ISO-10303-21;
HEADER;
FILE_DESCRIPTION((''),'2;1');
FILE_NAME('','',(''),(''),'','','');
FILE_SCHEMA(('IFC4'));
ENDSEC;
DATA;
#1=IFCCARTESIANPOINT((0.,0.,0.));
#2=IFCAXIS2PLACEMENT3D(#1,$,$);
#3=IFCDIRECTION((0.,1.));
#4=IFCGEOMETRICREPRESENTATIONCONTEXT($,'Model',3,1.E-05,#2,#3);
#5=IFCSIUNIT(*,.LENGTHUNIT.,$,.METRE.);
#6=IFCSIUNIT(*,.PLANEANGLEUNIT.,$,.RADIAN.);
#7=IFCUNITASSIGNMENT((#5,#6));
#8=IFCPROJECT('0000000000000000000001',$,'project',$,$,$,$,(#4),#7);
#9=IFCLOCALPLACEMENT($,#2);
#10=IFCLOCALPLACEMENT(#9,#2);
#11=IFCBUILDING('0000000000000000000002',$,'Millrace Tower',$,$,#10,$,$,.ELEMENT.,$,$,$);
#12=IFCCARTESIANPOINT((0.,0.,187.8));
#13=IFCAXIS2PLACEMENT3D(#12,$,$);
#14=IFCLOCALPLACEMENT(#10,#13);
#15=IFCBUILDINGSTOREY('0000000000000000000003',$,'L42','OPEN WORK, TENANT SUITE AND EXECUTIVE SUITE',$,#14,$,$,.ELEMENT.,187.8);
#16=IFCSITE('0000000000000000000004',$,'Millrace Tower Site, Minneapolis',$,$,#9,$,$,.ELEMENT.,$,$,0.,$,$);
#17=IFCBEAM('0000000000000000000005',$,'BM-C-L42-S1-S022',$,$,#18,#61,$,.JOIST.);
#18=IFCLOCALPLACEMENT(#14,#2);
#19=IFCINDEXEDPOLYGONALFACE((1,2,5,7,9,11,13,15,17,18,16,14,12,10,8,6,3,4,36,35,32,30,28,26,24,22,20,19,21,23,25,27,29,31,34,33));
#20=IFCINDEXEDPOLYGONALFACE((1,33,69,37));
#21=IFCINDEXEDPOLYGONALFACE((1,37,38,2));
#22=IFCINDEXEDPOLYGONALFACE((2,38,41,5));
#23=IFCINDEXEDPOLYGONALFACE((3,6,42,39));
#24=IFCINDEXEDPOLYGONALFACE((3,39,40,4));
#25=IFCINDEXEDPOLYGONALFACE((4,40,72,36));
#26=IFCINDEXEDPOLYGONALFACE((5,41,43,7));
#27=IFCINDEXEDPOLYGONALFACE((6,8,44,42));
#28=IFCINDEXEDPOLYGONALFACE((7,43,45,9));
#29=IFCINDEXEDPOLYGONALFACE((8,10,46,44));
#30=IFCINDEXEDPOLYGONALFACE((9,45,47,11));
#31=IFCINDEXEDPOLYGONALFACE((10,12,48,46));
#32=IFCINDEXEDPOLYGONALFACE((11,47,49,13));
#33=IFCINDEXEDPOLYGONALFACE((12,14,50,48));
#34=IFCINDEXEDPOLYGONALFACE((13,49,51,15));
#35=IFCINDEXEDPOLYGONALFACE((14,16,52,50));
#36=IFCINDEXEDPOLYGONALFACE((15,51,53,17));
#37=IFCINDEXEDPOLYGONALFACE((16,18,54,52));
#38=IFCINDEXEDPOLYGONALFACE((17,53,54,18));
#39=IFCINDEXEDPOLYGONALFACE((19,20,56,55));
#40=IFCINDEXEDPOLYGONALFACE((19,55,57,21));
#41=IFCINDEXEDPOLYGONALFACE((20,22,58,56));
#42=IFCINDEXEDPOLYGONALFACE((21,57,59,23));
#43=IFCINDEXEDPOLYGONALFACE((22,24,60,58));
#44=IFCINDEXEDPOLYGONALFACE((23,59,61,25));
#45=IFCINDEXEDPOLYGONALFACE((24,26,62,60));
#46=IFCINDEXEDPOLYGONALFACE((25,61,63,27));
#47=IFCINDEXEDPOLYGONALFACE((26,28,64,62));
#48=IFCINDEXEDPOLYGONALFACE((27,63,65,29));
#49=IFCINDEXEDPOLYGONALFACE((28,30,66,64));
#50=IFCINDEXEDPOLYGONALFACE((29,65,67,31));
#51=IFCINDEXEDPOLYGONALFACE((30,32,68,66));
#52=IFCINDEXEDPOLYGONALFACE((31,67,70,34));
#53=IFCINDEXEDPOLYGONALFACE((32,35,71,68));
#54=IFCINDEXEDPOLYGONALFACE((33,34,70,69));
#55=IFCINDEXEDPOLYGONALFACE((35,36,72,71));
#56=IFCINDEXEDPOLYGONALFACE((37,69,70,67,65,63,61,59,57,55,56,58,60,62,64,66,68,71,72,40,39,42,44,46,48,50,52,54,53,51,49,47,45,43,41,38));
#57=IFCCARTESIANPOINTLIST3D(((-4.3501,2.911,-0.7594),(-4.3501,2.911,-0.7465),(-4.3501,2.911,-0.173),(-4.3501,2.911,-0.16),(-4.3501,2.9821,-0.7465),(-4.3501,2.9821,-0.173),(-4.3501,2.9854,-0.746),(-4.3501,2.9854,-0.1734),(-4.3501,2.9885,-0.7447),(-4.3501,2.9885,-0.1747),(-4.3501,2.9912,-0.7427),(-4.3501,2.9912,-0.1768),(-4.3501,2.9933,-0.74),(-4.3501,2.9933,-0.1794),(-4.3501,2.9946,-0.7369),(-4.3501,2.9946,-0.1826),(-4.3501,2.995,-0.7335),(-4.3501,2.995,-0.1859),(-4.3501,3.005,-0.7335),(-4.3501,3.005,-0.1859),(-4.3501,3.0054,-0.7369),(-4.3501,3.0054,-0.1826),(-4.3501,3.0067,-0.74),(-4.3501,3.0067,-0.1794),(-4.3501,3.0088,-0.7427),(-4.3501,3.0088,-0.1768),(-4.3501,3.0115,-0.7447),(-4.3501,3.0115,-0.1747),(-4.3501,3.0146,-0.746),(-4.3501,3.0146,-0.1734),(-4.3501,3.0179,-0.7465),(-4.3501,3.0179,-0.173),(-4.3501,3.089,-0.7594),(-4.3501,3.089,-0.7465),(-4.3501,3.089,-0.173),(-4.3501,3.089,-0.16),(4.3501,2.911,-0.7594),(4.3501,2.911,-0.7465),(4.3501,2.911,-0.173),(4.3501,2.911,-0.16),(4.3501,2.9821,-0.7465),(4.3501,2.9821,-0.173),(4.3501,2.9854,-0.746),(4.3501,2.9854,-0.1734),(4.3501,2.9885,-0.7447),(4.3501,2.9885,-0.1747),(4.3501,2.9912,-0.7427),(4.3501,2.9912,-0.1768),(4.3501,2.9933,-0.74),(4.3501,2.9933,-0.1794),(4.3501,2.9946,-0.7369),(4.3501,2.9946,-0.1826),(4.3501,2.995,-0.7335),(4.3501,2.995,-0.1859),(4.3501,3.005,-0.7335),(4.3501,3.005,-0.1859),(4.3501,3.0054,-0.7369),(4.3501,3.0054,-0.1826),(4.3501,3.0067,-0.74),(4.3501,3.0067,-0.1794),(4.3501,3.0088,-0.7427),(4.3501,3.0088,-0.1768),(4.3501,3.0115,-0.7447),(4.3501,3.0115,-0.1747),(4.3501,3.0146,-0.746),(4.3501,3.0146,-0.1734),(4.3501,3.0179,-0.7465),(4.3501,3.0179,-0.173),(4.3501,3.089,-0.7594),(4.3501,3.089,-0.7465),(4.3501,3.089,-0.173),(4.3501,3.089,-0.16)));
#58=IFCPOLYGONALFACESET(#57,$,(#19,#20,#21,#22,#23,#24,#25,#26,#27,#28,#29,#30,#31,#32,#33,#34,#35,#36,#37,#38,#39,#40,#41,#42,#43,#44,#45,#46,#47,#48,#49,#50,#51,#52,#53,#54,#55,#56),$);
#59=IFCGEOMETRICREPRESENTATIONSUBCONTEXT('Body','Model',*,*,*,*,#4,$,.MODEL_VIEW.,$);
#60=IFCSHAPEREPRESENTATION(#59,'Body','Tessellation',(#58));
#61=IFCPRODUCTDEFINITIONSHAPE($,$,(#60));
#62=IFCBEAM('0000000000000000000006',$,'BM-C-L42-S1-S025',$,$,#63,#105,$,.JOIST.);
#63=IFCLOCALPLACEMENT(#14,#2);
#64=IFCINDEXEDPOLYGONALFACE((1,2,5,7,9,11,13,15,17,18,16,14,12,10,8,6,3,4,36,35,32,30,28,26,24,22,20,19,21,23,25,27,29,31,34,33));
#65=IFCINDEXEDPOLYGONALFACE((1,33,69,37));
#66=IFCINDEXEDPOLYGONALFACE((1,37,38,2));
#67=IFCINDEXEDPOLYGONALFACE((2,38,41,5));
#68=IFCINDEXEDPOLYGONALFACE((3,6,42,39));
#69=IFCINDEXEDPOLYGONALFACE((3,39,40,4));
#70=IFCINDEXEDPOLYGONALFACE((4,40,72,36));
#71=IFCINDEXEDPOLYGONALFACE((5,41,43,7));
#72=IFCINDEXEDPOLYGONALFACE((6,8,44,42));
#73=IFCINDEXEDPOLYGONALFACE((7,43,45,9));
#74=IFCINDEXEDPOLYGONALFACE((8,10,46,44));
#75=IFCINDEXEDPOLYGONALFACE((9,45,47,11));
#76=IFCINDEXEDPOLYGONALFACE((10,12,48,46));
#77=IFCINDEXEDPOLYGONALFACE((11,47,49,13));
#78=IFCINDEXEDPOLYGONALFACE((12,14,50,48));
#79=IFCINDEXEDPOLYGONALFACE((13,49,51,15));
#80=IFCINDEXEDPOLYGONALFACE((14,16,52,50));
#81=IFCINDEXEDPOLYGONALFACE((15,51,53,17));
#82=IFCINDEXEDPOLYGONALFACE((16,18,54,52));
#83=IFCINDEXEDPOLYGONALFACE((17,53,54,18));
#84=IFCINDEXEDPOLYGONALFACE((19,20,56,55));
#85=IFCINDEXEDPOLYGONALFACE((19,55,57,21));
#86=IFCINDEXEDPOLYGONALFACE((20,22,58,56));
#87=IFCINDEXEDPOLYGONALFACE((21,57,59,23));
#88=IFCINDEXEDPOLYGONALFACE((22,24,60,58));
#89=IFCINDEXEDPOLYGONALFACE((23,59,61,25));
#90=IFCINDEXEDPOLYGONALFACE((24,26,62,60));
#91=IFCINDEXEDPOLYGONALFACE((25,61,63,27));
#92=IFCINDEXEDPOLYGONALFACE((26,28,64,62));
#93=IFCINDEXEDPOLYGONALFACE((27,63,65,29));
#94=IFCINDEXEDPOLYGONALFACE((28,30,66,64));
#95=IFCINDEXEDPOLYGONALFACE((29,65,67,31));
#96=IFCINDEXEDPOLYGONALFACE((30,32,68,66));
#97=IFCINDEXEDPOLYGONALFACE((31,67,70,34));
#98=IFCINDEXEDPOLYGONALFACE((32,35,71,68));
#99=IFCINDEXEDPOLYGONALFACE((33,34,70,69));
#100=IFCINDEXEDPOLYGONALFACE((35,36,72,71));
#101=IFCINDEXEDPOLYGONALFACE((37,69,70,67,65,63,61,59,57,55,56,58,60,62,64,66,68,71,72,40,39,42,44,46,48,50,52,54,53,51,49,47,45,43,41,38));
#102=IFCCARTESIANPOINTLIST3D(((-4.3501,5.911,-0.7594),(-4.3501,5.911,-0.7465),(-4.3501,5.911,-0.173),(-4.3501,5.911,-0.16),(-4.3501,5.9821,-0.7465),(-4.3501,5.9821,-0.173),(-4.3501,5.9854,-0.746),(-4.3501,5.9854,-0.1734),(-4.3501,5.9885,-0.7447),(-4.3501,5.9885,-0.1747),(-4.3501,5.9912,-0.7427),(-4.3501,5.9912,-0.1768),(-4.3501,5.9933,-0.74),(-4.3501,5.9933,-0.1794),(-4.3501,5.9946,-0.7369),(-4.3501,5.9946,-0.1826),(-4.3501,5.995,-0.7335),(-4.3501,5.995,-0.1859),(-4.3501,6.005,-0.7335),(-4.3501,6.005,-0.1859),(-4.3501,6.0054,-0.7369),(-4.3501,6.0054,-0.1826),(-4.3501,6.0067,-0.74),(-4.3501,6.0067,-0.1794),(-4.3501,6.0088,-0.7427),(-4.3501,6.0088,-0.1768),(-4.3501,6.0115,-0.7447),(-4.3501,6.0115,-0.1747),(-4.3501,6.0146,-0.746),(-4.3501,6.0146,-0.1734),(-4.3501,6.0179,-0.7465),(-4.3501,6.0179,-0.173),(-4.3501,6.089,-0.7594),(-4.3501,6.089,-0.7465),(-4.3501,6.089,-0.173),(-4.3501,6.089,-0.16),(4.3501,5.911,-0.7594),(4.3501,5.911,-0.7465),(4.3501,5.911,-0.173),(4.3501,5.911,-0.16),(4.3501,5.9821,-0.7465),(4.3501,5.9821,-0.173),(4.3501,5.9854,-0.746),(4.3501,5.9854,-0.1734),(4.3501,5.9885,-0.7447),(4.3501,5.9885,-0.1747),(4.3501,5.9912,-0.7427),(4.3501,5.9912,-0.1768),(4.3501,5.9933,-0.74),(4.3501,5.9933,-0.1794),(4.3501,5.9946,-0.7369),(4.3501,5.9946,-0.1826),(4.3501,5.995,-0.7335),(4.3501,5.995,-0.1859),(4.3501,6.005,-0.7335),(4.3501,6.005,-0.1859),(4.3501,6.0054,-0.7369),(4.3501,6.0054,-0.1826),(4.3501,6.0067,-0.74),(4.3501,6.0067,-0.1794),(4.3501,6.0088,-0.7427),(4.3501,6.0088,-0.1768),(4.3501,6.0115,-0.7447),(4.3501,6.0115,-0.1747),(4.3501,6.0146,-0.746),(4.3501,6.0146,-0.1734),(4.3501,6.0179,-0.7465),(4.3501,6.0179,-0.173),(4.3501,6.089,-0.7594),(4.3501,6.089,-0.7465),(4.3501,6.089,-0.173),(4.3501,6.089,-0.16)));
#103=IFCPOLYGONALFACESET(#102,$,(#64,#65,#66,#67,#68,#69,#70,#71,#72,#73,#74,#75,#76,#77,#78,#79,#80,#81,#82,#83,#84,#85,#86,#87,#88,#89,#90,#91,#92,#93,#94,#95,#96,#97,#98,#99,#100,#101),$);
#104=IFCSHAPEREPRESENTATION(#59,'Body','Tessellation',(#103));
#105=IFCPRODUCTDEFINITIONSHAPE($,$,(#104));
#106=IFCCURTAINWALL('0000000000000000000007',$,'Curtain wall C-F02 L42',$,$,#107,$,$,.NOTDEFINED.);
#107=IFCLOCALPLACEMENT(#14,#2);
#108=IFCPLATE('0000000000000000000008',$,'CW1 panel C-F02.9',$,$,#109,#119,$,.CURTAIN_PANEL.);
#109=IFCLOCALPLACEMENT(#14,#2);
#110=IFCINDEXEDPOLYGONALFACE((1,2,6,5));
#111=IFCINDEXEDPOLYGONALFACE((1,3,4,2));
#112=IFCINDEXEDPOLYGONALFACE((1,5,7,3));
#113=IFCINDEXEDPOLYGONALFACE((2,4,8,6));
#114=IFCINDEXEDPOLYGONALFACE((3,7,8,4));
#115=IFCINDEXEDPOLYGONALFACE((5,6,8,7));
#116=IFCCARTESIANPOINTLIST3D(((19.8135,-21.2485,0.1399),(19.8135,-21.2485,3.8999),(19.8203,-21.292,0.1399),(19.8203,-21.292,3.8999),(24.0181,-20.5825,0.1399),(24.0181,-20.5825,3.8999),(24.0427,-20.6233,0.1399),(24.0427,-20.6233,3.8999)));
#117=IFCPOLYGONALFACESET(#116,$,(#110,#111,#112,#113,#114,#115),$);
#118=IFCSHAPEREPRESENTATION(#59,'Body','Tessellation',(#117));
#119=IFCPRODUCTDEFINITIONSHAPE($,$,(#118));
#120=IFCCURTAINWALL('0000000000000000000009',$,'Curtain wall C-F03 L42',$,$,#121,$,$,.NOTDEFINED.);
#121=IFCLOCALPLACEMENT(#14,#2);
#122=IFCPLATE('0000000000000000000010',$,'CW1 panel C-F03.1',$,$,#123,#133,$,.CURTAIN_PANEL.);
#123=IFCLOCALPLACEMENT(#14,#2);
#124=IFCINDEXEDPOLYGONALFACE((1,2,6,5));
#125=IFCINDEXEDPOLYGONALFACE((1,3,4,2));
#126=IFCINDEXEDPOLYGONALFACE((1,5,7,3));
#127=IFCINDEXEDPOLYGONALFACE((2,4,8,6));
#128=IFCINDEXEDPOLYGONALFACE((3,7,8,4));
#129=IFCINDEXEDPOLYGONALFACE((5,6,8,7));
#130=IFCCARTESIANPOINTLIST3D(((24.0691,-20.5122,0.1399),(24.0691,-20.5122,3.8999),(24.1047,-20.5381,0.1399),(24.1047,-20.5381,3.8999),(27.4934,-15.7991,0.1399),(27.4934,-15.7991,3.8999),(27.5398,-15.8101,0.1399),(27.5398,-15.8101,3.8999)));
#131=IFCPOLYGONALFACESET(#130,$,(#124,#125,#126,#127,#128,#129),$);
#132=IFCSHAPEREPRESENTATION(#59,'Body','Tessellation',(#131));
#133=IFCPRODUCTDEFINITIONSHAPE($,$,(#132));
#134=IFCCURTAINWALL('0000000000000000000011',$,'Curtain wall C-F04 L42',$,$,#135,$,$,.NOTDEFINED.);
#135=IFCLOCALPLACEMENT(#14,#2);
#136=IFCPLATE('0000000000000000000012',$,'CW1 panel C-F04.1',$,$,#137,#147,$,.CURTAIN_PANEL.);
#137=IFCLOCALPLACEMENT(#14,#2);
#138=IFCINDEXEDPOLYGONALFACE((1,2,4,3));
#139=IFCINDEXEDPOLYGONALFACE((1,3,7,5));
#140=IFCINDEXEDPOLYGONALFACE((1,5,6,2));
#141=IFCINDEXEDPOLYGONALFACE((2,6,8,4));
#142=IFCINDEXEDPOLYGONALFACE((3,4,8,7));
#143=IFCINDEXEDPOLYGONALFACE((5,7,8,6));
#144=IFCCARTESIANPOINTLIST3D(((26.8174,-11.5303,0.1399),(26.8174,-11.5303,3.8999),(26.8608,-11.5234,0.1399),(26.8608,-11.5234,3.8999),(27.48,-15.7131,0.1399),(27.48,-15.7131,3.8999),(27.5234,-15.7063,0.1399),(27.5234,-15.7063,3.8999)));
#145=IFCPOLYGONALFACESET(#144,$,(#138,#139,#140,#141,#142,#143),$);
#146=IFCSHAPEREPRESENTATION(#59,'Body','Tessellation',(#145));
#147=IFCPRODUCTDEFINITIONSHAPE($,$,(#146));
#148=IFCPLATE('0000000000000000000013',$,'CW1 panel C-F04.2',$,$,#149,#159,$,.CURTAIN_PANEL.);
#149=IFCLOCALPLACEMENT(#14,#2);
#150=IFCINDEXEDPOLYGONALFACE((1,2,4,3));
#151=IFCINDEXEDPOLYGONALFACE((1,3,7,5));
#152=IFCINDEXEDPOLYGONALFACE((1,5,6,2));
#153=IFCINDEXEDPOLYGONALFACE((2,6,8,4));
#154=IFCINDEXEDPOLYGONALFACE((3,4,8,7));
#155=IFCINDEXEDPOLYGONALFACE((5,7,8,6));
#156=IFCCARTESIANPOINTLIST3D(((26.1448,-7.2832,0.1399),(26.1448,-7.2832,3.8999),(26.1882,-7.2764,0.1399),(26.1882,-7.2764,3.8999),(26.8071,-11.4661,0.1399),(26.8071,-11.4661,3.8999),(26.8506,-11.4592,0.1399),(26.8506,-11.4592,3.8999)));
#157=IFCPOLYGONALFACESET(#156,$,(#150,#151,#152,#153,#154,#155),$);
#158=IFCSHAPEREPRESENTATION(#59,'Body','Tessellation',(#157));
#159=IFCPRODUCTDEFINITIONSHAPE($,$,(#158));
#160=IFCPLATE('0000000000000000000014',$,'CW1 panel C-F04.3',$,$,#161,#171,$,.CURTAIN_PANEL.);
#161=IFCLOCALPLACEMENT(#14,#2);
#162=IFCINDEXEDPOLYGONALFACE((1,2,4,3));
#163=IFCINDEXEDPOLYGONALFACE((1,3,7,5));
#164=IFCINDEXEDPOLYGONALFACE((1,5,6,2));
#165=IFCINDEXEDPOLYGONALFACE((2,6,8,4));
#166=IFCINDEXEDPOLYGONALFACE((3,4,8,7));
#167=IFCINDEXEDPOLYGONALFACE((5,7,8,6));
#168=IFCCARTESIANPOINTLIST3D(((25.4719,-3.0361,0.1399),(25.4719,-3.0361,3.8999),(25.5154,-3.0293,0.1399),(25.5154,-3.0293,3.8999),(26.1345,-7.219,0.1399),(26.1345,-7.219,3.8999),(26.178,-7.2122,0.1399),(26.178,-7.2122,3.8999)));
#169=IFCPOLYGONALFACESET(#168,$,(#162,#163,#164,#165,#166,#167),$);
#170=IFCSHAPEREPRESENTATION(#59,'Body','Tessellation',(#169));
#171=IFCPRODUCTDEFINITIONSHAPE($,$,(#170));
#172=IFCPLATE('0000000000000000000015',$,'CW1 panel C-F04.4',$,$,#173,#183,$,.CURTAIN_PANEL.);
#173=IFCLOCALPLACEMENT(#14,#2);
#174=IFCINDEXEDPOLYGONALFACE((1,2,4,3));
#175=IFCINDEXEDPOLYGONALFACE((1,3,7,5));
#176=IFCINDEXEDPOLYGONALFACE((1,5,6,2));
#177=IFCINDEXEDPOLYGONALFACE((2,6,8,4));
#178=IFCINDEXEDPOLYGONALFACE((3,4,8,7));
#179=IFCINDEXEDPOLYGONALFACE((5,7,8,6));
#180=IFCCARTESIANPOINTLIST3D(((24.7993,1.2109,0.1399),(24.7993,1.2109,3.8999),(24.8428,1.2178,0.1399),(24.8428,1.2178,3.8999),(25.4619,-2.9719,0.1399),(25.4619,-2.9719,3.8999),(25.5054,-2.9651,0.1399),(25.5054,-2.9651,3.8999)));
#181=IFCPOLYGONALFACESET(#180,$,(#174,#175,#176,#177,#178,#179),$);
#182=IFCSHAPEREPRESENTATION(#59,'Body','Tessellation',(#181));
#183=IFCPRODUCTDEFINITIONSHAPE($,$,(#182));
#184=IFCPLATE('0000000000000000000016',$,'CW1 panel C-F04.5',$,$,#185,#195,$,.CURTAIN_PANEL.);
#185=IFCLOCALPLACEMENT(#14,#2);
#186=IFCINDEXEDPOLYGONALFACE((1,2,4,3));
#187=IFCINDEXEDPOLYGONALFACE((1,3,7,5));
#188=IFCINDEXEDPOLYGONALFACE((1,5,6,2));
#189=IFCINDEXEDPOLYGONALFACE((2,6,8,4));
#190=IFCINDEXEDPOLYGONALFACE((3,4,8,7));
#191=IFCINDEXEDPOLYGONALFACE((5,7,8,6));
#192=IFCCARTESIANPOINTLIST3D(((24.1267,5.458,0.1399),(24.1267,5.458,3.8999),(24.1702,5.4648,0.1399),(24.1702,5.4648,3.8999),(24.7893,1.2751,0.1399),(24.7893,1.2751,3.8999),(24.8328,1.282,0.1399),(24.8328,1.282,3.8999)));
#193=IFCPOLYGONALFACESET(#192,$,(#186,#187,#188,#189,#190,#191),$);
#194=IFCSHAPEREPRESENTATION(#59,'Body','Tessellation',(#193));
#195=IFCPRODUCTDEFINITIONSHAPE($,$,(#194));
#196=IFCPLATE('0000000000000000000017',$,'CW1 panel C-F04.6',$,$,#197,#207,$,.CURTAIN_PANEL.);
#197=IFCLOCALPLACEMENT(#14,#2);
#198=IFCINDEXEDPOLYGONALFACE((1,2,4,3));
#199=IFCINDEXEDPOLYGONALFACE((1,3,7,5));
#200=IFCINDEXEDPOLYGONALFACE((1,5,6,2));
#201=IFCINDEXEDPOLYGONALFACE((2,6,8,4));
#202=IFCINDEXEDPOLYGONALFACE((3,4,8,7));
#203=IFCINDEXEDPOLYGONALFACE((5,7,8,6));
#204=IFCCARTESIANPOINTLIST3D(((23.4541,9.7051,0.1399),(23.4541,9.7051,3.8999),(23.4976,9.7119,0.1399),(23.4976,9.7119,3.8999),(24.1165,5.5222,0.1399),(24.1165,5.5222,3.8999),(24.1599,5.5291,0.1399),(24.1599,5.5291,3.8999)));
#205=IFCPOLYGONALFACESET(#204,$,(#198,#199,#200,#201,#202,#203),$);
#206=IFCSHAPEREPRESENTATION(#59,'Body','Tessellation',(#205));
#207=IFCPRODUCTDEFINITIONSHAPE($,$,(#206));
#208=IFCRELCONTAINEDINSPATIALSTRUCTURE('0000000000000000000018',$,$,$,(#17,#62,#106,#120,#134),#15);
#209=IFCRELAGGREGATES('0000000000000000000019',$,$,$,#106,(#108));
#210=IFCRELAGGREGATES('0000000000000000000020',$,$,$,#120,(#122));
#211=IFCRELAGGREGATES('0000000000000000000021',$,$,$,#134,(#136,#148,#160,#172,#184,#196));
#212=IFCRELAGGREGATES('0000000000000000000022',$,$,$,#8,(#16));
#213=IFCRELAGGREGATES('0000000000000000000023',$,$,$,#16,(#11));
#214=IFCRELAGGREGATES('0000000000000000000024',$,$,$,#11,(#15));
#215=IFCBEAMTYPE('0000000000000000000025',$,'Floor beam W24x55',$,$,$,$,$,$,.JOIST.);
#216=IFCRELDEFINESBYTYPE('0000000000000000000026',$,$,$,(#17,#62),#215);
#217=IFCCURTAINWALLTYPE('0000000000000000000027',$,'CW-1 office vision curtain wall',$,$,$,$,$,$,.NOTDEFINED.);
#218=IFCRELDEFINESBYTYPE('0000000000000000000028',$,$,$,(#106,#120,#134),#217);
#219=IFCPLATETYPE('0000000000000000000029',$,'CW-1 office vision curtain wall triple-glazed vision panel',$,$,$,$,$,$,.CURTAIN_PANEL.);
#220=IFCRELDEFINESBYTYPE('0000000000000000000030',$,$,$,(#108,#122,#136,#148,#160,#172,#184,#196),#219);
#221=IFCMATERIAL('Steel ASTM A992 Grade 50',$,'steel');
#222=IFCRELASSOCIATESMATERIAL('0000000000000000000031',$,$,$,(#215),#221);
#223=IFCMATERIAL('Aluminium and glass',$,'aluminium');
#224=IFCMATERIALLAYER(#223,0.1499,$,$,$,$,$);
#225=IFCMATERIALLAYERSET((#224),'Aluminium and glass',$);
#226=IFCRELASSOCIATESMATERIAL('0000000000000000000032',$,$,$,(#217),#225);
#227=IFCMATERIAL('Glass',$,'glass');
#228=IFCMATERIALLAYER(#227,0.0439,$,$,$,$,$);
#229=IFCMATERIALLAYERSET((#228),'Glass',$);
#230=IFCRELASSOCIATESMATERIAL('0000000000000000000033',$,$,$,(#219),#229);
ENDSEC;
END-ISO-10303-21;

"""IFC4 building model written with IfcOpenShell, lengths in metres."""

from ifc_helpers import new_model, si_unit, direction, frame, origin, origin_2d, place, context, subcontext, project, spatial, polyline, i_section, outline, extrude, material, layer, layer_set, material_profile, profile_set, type_object, element, aggregate, save


model = new_model("IFC4")

# Units and contexts
model_context = context("Model", 3, precision=1e-05, world=origin(), true_north=direction((0.0, 1.0)))
body_context = subcontext(model_context, "Body", "Model", "MODEL_VIEW")
ifc_project = project(units=[si_unit("LENGTHUNIT", "METRE"), si_unit("PLANEANGLEUNIT", "RADIAN")], contexts=[model_context])

# Site, building, storey
site_placement = place(None, origin())
site = spatial("IfcSite", under=ifc_project, at=site_placement, Name="Millrace Tower Site, Minneapolis", CompositionType="ELEMENT", RefElevation=0.0)
building_placement = place(site_placement, origin())
building = spatial("IfcBuilding", under=site, at=building_placement, Name="Millrace Tower", CompositionType="ELEMENT")
storey_placement = place(building_placement, frame((0.0, 0.0, 187.8)))
storey = spatial("IfcBuildingStorey", under=building, at=storey_placement, Name="L42", Description="OPEN WORK, TENANT SUITE AND EXECUTIVE SUITE", CompositionType="ELEMENT", Elevation=187.8)

# Beams
ifc_material_1 = material(Name="Steel ASTM A992 Grade 50", Category="steel")
ifc_material_profile = material_profile(ifc_material_1, i_section(OverallWidth=0.178, OverallDepth=0.5994, WebThickness=0.01, FlangeThickness=0.0129, FilletRadius=0.0129, at=origin_2d()))
ifc_profile_set = profile_set([ifc_material_profile], Name="Steel ASTM A992 Grade 50")
beam_type = type_object("IfcBeamType", Name="Floor beam W24x55", PredefinedType="JOIST", material=ifc_profile_set)
for number, where, z_axis, x_axis, name in (
    (1, (-4.3501, 3.0, -0.4597), (1.0, 0.0, 0.0), (0.0, 1.0, 0.0), "BM-C-L42-S1-S022"),
    (2, (-4.3501, 6.0, -0.4597), (1.0, 0.0, 0.0), (0.0, 1.0, 0.0), "BM-C-L42-S1-S025"),
):
    element("IfcBeam", number, at=place(storey_placement, frame(where, z_axis=z_axis, x_axis=x_axis)), inside=storey, type_object=beam_type, Name=name, PredefinedType="JOIST", context=body_context, shape_type="SweptSolid", body=[
        extrude(i_section(OverallWidth=0.178, OverallDepth=0.5994, WebThickness=0.01, FlangeThickness=0.0129, FilletRadius=0.0129, at=origin_2d()), origin(), (0.0, 0.0, 1.0), 8.7002),
    ])

# Curtain walls, plates
ifc_material_2 = material(Name="Aluminium and glass", Category="aluminium")
ifc_layer_1 = layer(ifc_material_2, 0.1499)
ifc_layer_set_1 = layer_set([ifc_layer_1], Name="Aluminium and glass")
curtain_wall_type = type_object("IfcCurtainWallType", Name="CW-1 office vision curtain wall", PredefinedType="NOTDEFINED", material=ifc_layer_set_1)
placement_1 = place(storey_placement, origin())
curtain_wall_1 = element("IfcCurtainWall", 3, at=placement_1, inside=storey, type_object=curtain_wall_type, Name="Curtain wall C-F02 L42", PredefinedType="NOTDEFINED")
ifc_material_3 = material(Name="Glass", Category="glass")
ifc_layer_2 = layer(ifc_material_3, 0.0439)
ifc_layer_set_2 = layer_set([ifc_layer_2], Name="Glass")
plate_type = type_object("IfcPlateType", Name="CW-1 office vision curtain wall triple-glazed vision panel", PredefinedType="CURTAIN_PANEL", material=ifc_layer_set_2)
placement_2 = place(storey_placement, frame((0.0, 0.0, 0.1399)))
plate_1 = element("IfcPlate", 4, at=placement_2, type_object=plate_type, Name="CW1 panel C-F02.9", PredefinedType="CURTAIN_PANEL", context=body_context, shape_type="SweptSolid", body=[
    extrude(outline(polyline([(19.8203, -21.292), (24.0427, -20.6233), (24.0181, -20.5825), (19.8135, -21.2485), (19.8203, -21.292)])), origin(), (0.0, 0.0, 1.0), 3.76),
])
aggregate(curtain_wall_1, [plate_1])
curtain_wall_2 = element("IfcCurtainWall", 5, at=placement_1, inside=storey, type_object=curtain_wall_type, Name="Curtain wall C-F03 L42", PredefinedType="NOTDEFINED")
plate_2 = element("IfcPlate", 6, at=placement_2, type_object=plate_type, Name="CW1 panel C-F03.1", PredefinedType="CURTAIN_PANEL", context=body_context, shape_type="SweptSolid", body=[
    extrude(outline(polyline([(24.1047, -20.5381), (27.5398, -15.8101), (27.4934, -15.7991), (24.0691, -20.5122), (24.1047, -20.5381)])), origin(), (0.0, 0.0, 1.0), 3.76),
])
aggregate(curtain_wall_2, [plate_2])

# Curtain wall, plates
curtain_wall_3 = element("IfcCurtainWall", 7, at=placement_1, inside=storey, type_object=curtain_wall_type, Name="Curtain wall C-F04 L42", PredefinedType="NOTDEFINED")
plate_3 = element("IfcPlate", 8, at=placement_2, type_object=plate_type, Name="CW1 panel C-F04.1", PredefinedType="CURTAIN_PANEL", context=body_context, shape_type="SweptSolid", body=[
    extrude(outline(polyline([(27.5234, -15.7063), (26.8608, -11.5234), (26.8174, -11.5303), (27.48, -15.7131), (27.5234, -15.7063)])), origin(), (0.0, 0.0, 1.0), 3.76),
])
plate_4 = element("IfcPlate", 9, at=placement_2, type_object=plate_type, Name="CW1 panel C-F04.2", PredefinedType="CURTAIN_PANEL", context=body_context, shape_type="SweptSolid", body=[
    extrude(outline(polyline([(26.8506, -11.4592), (26.1882, -7.2764), (26.1448, -7.2832), (26.8071, -11.4661), (26.8506, -11.4592)])), origin(), (0.0, 0.0, 1.0), 3.76),
])
plate_5 = element("IfcPlate", 10, at=placement_2, type_object=plate_type, Name="CW1 panel C-F04.3", PredefinedType="CURTAIN_PANEL", context=body_context, shape_type="SweptSolid", body=[
    extrude(outline(polyline([(26.178, -7.2122), (25.5154, -3.0293), (25.4719, -3.0361), (26.1345, -7.219), (26.178, -7.2122)])), origin(), (0.0, 0.0, 1.0), 3.76),
])
plate_6 = element("IfcPlate", 11, at=placement_2, type_object=plate_type, Name="CW1 panel C-F04.4", PredefinedType="CURTAIN_PANEL", context=body_context, shape_type="SweptSolid", body=[
    extrude(outline(polyline([(25.5054, -2.9651), (24.8428, 1.2178), (24.7993, 1.2109), (25.4619, -2.9719), (25.5054, -2.9651)])), origin(), (0.0, 0.0, 1.0), 3.76),
])
plate_7 = element("IfcPlate", 12, at=placement_2, type_object=plate_type, Name="CW1 panel C-F04.5", PredefinedType="CURTAIN_PANEL", context=body_context, shape_type="SweptSolid", body=[
    extrude(outline(polyline([(24.8328, 1.282), (24.1702, 5.4648), (24.1267, 5.458), (24.7893, 1.2751), (24.8328, 1.282)])), origin(), (0.0, 0.0, 1.0), 3.76),
])
plate_8 = element("IfcPlate", 13, at=placement_2, type_object=plate_type, Name="CW1 panel C-F04.6", PredefinedType="CURTAIN_PANEL", context=body_context, shape_type="SweptSolid", body=[
    extrude(outline(polyline([(24.1599, 5.5291), (23.4976, 9.7119), (23.4541, 9.7051), (24.1165, 5.5222), (24.1599, 5.5291)])), origin(), (0.0, 0.0, 1.0), 3.76),
])
aggregate(curtain_wall_3, [plate_3, plate_4, plate_5, plate_6, plate_7, plate_8])

save(model, "model.ifc")
